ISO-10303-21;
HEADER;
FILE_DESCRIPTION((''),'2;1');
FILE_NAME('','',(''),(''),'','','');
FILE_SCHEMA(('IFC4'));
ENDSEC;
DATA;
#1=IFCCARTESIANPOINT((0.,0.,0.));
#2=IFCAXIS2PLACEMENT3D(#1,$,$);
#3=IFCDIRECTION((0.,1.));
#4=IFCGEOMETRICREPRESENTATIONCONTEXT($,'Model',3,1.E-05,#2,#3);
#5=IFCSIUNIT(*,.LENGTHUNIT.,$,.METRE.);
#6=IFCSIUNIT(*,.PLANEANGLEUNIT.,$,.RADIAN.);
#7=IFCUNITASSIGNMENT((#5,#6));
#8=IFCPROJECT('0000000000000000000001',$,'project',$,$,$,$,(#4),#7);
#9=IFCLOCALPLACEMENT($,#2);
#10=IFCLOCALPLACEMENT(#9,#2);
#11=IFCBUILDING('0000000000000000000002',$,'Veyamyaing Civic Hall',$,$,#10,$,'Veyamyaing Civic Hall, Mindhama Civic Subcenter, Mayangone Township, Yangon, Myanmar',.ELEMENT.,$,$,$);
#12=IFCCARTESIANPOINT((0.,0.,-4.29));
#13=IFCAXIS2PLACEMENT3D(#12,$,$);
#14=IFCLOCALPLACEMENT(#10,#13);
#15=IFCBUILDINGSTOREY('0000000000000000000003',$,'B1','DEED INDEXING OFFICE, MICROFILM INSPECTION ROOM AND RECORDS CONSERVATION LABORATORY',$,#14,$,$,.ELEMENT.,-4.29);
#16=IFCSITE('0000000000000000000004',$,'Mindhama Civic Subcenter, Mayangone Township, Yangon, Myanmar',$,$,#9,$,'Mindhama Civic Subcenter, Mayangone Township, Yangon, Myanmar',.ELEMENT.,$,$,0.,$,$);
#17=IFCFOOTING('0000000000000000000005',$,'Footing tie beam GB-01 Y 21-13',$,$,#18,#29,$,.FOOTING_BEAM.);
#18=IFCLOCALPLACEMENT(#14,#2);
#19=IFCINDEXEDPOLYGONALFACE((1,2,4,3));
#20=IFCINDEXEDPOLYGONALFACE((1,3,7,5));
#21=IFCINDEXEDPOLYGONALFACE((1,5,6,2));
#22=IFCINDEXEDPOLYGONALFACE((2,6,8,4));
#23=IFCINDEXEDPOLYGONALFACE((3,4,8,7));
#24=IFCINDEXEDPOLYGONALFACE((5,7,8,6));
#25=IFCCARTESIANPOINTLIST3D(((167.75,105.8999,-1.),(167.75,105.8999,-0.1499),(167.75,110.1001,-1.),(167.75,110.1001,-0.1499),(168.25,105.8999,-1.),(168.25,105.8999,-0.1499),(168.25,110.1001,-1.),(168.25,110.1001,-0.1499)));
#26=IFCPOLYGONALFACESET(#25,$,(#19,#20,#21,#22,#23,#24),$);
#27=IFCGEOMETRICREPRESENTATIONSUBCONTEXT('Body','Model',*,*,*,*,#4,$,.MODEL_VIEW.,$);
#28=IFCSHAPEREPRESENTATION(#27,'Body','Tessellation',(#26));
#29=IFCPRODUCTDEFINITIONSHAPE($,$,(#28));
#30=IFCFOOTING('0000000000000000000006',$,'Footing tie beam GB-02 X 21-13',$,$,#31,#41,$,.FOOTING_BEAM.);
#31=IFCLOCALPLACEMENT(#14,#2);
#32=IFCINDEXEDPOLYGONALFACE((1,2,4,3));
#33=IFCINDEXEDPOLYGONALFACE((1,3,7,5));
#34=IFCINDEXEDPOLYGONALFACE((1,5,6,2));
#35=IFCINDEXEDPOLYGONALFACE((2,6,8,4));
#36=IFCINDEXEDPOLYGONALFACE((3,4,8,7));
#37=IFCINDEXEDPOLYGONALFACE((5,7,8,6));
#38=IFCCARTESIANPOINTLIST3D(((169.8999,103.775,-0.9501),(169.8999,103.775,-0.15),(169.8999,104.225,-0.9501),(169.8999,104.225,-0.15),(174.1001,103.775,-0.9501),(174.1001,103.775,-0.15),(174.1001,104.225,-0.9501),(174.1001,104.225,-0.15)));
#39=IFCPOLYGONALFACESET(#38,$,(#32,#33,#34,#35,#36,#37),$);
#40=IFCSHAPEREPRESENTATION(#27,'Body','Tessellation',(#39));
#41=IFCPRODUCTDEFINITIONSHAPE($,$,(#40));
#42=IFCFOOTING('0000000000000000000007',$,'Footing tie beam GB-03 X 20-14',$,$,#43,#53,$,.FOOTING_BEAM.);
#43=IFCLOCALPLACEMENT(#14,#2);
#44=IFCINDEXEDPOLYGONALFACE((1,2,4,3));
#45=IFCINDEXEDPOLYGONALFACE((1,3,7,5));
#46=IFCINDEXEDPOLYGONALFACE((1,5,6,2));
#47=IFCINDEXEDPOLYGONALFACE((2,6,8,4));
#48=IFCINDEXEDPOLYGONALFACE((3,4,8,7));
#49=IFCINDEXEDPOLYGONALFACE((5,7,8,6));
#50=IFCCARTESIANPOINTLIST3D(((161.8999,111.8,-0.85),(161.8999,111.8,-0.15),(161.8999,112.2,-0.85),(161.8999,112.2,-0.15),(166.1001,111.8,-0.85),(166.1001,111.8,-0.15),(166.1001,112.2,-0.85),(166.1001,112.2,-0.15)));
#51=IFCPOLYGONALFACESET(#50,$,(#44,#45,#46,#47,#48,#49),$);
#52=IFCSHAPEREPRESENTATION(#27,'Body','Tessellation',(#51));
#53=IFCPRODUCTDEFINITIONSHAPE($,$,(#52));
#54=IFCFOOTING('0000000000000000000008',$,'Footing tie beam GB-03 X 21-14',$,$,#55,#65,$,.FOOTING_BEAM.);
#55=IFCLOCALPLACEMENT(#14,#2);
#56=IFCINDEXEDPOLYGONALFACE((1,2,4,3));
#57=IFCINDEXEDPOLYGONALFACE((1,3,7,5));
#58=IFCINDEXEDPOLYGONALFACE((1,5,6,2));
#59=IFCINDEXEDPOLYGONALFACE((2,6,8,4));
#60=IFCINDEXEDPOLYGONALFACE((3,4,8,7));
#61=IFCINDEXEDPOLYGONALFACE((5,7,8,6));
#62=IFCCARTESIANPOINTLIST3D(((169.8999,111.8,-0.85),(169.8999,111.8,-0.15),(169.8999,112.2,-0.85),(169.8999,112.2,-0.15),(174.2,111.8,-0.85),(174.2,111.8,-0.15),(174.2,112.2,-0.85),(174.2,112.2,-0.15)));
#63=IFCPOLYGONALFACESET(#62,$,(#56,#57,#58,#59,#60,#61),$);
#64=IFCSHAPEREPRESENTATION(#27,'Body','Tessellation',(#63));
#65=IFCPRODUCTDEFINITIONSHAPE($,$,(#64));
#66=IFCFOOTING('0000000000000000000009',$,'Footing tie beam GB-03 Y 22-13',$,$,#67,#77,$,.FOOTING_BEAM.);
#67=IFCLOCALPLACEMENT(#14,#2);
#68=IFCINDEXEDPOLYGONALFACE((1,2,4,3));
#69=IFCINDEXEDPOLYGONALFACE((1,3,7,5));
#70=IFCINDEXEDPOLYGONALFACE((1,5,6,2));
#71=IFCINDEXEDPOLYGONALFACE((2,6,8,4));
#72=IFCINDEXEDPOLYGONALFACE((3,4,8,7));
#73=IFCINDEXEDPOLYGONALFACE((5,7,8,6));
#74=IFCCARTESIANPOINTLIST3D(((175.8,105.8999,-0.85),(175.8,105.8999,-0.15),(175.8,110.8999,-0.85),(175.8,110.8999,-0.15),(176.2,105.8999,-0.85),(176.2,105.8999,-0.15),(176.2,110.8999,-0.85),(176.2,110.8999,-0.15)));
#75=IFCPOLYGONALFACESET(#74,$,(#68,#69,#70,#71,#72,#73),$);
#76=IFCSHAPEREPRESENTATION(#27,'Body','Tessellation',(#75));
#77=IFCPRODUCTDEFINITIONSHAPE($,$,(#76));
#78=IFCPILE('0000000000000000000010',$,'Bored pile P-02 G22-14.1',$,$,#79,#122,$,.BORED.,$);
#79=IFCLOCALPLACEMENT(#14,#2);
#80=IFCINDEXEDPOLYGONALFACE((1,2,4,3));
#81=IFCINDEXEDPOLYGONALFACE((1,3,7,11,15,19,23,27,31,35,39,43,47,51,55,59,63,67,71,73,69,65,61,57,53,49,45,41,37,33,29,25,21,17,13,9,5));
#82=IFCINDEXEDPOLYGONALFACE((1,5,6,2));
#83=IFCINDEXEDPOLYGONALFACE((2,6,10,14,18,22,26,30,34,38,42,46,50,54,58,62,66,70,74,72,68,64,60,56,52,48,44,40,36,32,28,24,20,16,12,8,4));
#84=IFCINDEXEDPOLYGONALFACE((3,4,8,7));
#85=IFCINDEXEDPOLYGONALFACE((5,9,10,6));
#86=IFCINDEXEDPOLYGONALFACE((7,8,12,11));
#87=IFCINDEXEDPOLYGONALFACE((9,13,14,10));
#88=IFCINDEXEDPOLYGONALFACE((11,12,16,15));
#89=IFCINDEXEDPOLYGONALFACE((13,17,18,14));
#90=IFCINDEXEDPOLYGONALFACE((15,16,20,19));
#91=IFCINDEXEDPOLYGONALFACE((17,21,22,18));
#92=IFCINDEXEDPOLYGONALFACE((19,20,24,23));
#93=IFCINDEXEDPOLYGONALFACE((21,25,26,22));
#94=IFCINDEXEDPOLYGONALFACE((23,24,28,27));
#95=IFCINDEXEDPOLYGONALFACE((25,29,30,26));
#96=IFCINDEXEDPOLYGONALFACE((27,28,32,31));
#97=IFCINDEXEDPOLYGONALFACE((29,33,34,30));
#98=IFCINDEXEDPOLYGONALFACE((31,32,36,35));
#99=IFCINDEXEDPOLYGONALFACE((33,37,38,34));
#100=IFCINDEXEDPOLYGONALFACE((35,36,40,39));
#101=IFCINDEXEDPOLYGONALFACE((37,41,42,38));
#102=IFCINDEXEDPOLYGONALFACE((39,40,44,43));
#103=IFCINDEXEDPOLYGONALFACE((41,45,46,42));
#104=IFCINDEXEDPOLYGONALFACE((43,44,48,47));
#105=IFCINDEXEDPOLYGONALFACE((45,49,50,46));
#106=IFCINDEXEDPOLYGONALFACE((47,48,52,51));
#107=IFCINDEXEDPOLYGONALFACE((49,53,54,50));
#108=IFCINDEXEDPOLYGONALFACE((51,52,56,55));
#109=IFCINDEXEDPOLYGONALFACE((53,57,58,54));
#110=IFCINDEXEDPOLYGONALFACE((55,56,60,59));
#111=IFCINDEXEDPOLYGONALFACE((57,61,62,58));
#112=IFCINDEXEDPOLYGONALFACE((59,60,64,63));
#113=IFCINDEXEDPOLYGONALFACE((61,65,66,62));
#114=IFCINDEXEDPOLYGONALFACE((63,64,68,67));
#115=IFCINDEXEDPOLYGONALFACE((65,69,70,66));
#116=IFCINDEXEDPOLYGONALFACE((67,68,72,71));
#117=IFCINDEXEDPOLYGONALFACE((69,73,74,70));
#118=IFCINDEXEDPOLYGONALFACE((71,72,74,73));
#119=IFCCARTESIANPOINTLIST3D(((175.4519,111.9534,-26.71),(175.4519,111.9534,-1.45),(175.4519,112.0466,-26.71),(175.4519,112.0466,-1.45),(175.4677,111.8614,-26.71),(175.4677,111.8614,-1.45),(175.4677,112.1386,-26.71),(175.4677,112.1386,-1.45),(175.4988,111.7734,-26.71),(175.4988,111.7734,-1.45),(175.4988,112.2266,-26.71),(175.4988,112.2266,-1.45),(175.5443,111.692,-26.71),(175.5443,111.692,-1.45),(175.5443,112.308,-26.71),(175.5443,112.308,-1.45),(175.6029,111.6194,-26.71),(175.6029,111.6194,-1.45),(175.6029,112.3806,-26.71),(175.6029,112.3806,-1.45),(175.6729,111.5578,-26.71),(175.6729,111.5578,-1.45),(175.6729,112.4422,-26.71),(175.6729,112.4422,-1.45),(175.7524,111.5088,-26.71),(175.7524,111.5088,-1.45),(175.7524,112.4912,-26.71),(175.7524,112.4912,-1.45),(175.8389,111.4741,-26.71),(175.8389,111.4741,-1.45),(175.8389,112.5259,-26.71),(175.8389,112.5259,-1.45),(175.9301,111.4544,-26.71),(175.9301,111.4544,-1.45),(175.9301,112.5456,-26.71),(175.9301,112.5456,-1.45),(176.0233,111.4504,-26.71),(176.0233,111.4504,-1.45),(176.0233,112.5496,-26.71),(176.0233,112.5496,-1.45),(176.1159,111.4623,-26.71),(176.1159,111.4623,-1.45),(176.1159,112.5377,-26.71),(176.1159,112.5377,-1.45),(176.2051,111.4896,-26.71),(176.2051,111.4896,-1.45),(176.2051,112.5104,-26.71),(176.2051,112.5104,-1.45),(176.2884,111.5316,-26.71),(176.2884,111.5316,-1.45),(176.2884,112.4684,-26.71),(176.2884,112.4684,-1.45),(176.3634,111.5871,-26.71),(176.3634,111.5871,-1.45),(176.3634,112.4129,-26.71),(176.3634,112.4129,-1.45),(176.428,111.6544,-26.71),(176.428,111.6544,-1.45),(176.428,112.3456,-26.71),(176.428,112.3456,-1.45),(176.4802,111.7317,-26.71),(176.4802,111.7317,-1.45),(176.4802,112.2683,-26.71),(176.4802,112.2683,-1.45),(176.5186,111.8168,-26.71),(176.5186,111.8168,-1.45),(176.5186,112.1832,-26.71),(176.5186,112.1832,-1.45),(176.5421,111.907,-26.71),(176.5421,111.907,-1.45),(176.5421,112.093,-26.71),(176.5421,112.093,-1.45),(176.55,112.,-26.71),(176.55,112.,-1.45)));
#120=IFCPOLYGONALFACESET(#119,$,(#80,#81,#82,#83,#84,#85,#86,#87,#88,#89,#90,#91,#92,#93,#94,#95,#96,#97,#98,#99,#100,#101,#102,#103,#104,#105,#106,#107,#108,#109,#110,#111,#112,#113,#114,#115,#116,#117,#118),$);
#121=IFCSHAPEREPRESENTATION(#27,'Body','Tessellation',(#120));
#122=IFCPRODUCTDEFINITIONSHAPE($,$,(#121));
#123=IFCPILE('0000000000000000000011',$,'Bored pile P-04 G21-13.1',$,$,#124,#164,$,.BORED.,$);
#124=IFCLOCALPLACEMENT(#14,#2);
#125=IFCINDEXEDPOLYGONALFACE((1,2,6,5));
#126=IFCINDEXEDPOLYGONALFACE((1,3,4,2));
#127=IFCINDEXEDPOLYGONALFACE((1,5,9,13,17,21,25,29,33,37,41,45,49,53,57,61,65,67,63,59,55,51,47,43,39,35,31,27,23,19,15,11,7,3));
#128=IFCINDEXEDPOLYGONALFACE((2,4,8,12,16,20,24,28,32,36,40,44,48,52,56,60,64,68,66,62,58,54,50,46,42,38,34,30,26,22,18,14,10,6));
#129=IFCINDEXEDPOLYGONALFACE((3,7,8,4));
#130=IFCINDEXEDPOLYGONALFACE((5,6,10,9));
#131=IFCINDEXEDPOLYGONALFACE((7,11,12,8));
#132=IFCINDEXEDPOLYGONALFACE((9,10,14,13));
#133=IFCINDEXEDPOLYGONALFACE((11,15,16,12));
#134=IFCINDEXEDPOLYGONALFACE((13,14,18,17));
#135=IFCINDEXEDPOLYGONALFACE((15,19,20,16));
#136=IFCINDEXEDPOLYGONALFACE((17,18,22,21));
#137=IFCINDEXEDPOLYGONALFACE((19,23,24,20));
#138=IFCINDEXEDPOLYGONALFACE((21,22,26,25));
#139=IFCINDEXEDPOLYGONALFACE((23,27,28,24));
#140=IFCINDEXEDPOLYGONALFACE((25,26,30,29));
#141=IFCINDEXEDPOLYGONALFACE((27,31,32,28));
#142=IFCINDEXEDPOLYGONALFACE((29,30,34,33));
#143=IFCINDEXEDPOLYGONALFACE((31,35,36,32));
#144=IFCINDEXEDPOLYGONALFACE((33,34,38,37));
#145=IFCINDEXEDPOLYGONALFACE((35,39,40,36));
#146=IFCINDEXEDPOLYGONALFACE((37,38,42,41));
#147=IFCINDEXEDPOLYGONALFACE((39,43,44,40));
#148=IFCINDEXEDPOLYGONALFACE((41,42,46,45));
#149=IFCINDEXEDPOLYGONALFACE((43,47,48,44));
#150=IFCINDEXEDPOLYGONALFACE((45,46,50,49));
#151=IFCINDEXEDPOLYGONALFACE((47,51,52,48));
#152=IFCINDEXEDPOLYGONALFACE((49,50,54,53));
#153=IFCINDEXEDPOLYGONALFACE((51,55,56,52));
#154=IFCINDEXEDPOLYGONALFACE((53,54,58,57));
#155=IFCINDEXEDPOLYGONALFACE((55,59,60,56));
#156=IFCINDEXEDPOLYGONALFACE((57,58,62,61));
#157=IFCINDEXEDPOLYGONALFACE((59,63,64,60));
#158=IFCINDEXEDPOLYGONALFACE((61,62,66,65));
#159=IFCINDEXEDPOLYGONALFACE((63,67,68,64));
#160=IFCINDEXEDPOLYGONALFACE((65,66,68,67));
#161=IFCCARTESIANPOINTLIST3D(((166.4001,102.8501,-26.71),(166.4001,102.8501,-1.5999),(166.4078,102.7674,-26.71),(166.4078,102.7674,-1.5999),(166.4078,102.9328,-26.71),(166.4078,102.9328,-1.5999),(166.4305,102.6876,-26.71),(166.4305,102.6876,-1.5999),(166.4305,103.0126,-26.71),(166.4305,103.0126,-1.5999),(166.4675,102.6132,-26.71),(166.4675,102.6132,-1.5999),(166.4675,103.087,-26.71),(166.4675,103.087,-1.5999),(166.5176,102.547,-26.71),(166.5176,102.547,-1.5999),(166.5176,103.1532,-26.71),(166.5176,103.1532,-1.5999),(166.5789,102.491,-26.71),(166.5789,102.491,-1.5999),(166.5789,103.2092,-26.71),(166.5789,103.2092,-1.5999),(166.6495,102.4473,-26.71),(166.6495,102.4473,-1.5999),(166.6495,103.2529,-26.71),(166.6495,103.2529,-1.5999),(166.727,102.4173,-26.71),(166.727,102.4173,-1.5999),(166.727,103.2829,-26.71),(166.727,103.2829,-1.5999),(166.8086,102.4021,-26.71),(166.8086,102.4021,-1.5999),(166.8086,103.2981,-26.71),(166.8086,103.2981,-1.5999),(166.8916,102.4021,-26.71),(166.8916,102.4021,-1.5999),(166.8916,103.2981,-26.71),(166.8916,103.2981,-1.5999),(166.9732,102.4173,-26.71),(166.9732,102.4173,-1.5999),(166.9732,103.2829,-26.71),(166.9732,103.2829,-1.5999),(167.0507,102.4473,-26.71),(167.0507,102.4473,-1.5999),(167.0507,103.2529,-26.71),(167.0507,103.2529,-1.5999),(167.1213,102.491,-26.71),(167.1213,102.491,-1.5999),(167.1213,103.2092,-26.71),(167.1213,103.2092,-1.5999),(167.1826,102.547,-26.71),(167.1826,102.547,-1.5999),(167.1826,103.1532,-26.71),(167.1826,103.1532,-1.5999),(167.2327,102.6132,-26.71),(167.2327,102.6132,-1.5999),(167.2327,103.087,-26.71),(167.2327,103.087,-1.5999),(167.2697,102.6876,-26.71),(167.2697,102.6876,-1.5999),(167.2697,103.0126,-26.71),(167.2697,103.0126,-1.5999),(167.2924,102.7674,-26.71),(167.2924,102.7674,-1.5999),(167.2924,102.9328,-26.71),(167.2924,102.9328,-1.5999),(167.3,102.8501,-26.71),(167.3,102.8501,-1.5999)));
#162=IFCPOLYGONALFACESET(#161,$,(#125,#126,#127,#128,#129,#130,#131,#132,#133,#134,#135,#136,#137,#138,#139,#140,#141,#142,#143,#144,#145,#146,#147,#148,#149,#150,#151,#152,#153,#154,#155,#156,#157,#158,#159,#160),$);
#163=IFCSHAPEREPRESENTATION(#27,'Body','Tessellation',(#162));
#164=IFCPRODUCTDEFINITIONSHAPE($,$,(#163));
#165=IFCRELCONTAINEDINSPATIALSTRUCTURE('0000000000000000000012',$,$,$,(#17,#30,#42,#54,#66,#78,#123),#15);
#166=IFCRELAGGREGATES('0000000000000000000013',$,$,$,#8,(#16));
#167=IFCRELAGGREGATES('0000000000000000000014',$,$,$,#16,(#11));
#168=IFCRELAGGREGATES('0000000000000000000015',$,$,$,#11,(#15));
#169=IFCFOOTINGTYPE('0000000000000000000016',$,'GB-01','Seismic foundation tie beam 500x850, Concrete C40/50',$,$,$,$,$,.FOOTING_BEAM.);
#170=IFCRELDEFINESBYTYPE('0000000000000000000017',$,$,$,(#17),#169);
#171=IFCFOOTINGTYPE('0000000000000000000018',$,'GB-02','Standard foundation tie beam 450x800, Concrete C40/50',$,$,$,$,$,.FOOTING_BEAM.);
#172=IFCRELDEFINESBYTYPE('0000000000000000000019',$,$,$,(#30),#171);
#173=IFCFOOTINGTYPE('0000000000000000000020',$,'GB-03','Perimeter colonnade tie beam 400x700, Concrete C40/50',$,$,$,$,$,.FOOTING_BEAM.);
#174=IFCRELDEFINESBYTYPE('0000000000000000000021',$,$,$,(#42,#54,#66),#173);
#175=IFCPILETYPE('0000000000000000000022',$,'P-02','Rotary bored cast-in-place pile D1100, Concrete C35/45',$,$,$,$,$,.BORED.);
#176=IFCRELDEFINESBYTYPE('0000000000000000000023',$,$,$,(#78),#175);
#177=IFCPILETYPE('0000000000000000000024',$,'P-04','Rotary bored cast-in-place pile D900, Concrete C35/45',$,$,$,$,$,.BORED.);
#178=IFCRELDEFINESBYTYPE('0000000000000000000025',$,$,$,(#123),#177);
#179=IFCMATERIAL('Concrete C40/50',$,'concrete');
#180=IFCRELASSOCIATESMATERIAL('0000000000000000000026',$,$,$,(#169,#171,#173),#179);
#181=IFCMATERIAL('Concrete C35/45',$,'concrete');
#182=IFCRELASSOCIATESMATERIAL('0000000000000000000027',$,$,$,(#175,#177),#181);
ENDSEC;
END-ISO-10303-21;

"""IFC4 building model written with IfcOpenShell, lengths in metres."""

from ifc_helpers import new_model, si_unit, direction, frame, origin, origin_2d, place, context, subcontext, project, spatial, rectangle, circle, extrude, material, material_profile, profile_set, type_object, element, save


model = new_model("IFC4")

# Units and contexts
model_context = context("Model", 3, precision=1e-05, world=origin(), true_north=direction((0.0, 1.0)))
body_context = subcontext(model_context, "Body", "Model", "MODEL_VIEW")
ifc_project = project(units=[si_unit("LENGTHUNIT", "METRE"), si_unit("PLANEANGLEUNIT", "RADIAN")], contexts=[model_context])

# Site, building, storey
site_placement = place(None, origin())
site = spatial("IfcSite", under=ifc_project, at=site_placement, Name="Mindhama Civic Subcenter, Mayangone Township, Yangon, Myanmar", LongName="Mindhama Civic Subcenter, Mayangone Township, Yangon, Myanmar", CompositionType="ELEMENT", RefElevation=0.0)
building_placement = place(site_placement, origin())
building = spatial("IfcBuilding", under=site, at=building_placement, Name="Veyamyaing Civic Hall", LongName="Veyamyaing Civic Hall, Mindhama Civic Subcenter, Mayangone Township, Yangon, Myanmar", CompositionType="ELEMENT")
storey_placement = place(building_placement, frame((0.0, 0.0, -4.29)))
storey = spatial("IfcBuildingStorey", under=building, at=storey_placement, Name="B1", Description="DEED INDEXING OFFICE, MICROFILM INSPECTION ROOM AND RECORDS CONSERVATION LABORATORY", CompositionType="ELEMENT", Elevation=-4.29)

# Footings
ifc_material_1 = material(Name="Concrete C40/50", Category="concrete")
ifc_material_profile_1 = material_profile(ifc_material_1, rectangle(XDim=0.5, YDim=0.8501, at=origin_2d()), Name="GB-500X850")
ifc_profile_set_1 = profile_set([ifc_material_profile_1], Name="Concrete C40/50")
footing_type_1 = type_object("IfcFootingType", Name="GB-01", Description="Seismic foundation tie beam 500x850, Concrete C40/50", PredefinedType="FOOTING_BEAM", material=ifc_profile_set_1)
footing_1_placement = place(storey_placement, frame((168.0, 105.8999, -0.575), z_axis=(0.0, 1.0, 0.0), x_axis=(-1.0, 0.0, 0.0)))
element("IfcFooting", 1, at=footing_1_placement, inside=storey, type_object=footing_type_1, Name="Footing tie beam GB-01 Y 21-13", PredefinedType="FOOTING_BEAM", context=body_context, shape_type="SweptSolid", body=[
    extrude(rectangle(XDim=0.5, YDim=0.8501, at=origin_2d()), origin(), (0.0, 0.0, 1.0), 4.2002),
])
ifc_material_profile_2 = material_profile(ifc_material_1, rectangle(XDim=0.45, YDim=0.8, at=origin_2d()), Name="GB-450X800")
ifc_profile_set_2 = profile_set([ifc_material_profile_2], Name="Concrete C40/50")
footing_type_2 = type_object("IfcFootingType", Name="GB-02", Description="Standard foundation tie beam 450x800, Concrete C40/50", PredefinedType="FOOTING_BEAM", material=ifc_profile_set_2)
footing_2_placement = place(storey_placement, frame((169.8999, 104.0, -0.55), z_axis=(1.0, 0.0, 0.0), x_axis=(0.0, 1.0, 0.0)))
element("IfcFooting", 2, at=footing_2_placement, inside=storey, type_object=footing_type_2, Name="Footing tie beam GB-02 X 21-13", PredefinedType="FOOTING_BEAM", context=body_context, shape_type="SweptSolid", body=[
    extrude(rectangle(XDim=0.45, YDim=0.8, at=origin_2d()), origin(), (0.0, 0.0, 1.0), 4.2002),
])
ifc_material_profile_3 = material_profile(ifc_material_1, rectangle(XDim=0.3999, YDim=0.7, at=origin_2d()), Name="GB-400X700")
ifc_profile_set_3 = profile_set([ifc_material_profile_3], Name="Concrete C40/50")
footing_type_3 = type_object("IfcFootingType", Name="GB-03", Description="Perimeter colonnade tie beam 400x700, Concrete C40/50", PredefinedType="FOOTING_BEAM", material=ifc_profile_set_3)
footing_3_placement = place(storey_placement, frame((161.8999, 112.0, -0.5), z_axis=(1.0, 0.0, 0.0), x_axis=(0.0, 1.0, 0.0)))
element("IfcFooting", 3, at=footing_3_placement, inside=storey, type_object=footing_type_3, Name="Footing tie beam GB-03 X 20-14", PredefinedType="FOOTING_BEAM", context=body_context, shape_type="SweptSolid", body=[
    extrude(rectangle(XDim=0.3999, YDim=0.7, at=origin_2d()), origin(), (0.0, 0.0, 1.0), 4.2002),
])
footing_4_placement = place(storey_placement, frame((169.8999, 112.0, -0.5), z_axis=(1.0, 0.0, 0.0), x_axis=(0.0, 1.0, 0.0)))
element("IfcFooting", 4, at=footing_4_placement, inside=storey, type_object=footing_type_3, Name="Footing tie beam GB-03 X 21-14", PredefinedType="FOOTING_BEAM", context=body_context, shape_type="SweptSolid", body=[
    extrude(rectangle(XDim=0.3999, YDim=0.7, at=origin_2d()), origin(), (0.0, 0.0, 1.0), 4.3),
])
footing_5_placement = place(storey_placement, frame((176.0, 105.8999, -0.5), z_axis=(0.0, 1.0, 0.0), x_axis=(-1.0, 0.0, 0.0)))
element("IfcFooting", 5, at=footing_5_placement, inside=storey, type_object=footing_type_3, Name="Footing tie beam GB-03 Y 22-13", PredefinedType="FOOTING_BEAM", context=body_context, shape_type="SweptSolid", body=[
    extrude(rectangle(XDim=0.3999, YDim=0.7, at=origin_2d()), origin(), (0.0, 0.0, 1.0), 5.0),
])

# Piles
ifc_material_2 = material(Name="Concrete C35/45", Category="concrete")
ifc_material_profile_4 = material_profile(ifc_material_2, circle(Radius=0.55, at=origin_2d()), Name="PILE-D1100")
ifc_profile_set_4 = profile_set([ifc_material_profile_4], Name="Concrete C35/45")
pile_type_1 = type_object("IfcPileType", Name="P-02", Description="Rotary bored cast-in-place pile D1100, Concrete C35/45", PredefinedType="BORED", material=ifc_profile_set_4)
pile_placement = place(storey_placement, frame((176.0, 112.0, -1.45), z_axis=(0.0, 0.0, -1.0), x_axis=(1.0, 0.0, 0.0)))
element("IfcPile", 6, at=pile_placement, inside=storey, type_object=pile_type_1, Name="Bored pile P-02 G22-14.1", PredefinedType="BORED", context=body_context, shape_type="SweptSolid", body=[
    extrude(circle(Radius=0.55, at=origin_2d()), origin(), (0.0, 0.0, 1.0), 25.26),
])
ifc_material_profile_5 = material_profile(ifc_material_2, circle(Radius=0.45, at=origin_2d()), Name="PILE-D900")
ifc_profile_set_5 = profile_set([ifc_material_profile_5], Name="Concrete C35/45")
pile_type_2 = type_object("IfcPileType", Name="P-04", Description="Rotary bored cast-in-place pile D900, Concrete C35/45", PredefinedType="BORED", material=ifc_profile_set_5)
for number, where, z_axis, x_axis, name in (
    (7, (166.8501, 102.8501, -1.5999), (0.0, 0.0, -1.0), (1.0, 0.0, 0.0), "Bored pile P-04 G21-13.1"),
):
    element("IfcPile", number, at=place(storey_placement, frame(where, z_axis=z_axis, x_axis=x_axis)), inside=storey, type_object=pile_type_2, Name=name, PredefinedType="BORED", context=body_context, shape_type="SweptSolid", body=[
        extrude(circle(Radius=0.45, at=origin_2d()), origin(), (0.0, 0.0, 1.0), 25.1101),
    ])

save(model, "model.ifc")
